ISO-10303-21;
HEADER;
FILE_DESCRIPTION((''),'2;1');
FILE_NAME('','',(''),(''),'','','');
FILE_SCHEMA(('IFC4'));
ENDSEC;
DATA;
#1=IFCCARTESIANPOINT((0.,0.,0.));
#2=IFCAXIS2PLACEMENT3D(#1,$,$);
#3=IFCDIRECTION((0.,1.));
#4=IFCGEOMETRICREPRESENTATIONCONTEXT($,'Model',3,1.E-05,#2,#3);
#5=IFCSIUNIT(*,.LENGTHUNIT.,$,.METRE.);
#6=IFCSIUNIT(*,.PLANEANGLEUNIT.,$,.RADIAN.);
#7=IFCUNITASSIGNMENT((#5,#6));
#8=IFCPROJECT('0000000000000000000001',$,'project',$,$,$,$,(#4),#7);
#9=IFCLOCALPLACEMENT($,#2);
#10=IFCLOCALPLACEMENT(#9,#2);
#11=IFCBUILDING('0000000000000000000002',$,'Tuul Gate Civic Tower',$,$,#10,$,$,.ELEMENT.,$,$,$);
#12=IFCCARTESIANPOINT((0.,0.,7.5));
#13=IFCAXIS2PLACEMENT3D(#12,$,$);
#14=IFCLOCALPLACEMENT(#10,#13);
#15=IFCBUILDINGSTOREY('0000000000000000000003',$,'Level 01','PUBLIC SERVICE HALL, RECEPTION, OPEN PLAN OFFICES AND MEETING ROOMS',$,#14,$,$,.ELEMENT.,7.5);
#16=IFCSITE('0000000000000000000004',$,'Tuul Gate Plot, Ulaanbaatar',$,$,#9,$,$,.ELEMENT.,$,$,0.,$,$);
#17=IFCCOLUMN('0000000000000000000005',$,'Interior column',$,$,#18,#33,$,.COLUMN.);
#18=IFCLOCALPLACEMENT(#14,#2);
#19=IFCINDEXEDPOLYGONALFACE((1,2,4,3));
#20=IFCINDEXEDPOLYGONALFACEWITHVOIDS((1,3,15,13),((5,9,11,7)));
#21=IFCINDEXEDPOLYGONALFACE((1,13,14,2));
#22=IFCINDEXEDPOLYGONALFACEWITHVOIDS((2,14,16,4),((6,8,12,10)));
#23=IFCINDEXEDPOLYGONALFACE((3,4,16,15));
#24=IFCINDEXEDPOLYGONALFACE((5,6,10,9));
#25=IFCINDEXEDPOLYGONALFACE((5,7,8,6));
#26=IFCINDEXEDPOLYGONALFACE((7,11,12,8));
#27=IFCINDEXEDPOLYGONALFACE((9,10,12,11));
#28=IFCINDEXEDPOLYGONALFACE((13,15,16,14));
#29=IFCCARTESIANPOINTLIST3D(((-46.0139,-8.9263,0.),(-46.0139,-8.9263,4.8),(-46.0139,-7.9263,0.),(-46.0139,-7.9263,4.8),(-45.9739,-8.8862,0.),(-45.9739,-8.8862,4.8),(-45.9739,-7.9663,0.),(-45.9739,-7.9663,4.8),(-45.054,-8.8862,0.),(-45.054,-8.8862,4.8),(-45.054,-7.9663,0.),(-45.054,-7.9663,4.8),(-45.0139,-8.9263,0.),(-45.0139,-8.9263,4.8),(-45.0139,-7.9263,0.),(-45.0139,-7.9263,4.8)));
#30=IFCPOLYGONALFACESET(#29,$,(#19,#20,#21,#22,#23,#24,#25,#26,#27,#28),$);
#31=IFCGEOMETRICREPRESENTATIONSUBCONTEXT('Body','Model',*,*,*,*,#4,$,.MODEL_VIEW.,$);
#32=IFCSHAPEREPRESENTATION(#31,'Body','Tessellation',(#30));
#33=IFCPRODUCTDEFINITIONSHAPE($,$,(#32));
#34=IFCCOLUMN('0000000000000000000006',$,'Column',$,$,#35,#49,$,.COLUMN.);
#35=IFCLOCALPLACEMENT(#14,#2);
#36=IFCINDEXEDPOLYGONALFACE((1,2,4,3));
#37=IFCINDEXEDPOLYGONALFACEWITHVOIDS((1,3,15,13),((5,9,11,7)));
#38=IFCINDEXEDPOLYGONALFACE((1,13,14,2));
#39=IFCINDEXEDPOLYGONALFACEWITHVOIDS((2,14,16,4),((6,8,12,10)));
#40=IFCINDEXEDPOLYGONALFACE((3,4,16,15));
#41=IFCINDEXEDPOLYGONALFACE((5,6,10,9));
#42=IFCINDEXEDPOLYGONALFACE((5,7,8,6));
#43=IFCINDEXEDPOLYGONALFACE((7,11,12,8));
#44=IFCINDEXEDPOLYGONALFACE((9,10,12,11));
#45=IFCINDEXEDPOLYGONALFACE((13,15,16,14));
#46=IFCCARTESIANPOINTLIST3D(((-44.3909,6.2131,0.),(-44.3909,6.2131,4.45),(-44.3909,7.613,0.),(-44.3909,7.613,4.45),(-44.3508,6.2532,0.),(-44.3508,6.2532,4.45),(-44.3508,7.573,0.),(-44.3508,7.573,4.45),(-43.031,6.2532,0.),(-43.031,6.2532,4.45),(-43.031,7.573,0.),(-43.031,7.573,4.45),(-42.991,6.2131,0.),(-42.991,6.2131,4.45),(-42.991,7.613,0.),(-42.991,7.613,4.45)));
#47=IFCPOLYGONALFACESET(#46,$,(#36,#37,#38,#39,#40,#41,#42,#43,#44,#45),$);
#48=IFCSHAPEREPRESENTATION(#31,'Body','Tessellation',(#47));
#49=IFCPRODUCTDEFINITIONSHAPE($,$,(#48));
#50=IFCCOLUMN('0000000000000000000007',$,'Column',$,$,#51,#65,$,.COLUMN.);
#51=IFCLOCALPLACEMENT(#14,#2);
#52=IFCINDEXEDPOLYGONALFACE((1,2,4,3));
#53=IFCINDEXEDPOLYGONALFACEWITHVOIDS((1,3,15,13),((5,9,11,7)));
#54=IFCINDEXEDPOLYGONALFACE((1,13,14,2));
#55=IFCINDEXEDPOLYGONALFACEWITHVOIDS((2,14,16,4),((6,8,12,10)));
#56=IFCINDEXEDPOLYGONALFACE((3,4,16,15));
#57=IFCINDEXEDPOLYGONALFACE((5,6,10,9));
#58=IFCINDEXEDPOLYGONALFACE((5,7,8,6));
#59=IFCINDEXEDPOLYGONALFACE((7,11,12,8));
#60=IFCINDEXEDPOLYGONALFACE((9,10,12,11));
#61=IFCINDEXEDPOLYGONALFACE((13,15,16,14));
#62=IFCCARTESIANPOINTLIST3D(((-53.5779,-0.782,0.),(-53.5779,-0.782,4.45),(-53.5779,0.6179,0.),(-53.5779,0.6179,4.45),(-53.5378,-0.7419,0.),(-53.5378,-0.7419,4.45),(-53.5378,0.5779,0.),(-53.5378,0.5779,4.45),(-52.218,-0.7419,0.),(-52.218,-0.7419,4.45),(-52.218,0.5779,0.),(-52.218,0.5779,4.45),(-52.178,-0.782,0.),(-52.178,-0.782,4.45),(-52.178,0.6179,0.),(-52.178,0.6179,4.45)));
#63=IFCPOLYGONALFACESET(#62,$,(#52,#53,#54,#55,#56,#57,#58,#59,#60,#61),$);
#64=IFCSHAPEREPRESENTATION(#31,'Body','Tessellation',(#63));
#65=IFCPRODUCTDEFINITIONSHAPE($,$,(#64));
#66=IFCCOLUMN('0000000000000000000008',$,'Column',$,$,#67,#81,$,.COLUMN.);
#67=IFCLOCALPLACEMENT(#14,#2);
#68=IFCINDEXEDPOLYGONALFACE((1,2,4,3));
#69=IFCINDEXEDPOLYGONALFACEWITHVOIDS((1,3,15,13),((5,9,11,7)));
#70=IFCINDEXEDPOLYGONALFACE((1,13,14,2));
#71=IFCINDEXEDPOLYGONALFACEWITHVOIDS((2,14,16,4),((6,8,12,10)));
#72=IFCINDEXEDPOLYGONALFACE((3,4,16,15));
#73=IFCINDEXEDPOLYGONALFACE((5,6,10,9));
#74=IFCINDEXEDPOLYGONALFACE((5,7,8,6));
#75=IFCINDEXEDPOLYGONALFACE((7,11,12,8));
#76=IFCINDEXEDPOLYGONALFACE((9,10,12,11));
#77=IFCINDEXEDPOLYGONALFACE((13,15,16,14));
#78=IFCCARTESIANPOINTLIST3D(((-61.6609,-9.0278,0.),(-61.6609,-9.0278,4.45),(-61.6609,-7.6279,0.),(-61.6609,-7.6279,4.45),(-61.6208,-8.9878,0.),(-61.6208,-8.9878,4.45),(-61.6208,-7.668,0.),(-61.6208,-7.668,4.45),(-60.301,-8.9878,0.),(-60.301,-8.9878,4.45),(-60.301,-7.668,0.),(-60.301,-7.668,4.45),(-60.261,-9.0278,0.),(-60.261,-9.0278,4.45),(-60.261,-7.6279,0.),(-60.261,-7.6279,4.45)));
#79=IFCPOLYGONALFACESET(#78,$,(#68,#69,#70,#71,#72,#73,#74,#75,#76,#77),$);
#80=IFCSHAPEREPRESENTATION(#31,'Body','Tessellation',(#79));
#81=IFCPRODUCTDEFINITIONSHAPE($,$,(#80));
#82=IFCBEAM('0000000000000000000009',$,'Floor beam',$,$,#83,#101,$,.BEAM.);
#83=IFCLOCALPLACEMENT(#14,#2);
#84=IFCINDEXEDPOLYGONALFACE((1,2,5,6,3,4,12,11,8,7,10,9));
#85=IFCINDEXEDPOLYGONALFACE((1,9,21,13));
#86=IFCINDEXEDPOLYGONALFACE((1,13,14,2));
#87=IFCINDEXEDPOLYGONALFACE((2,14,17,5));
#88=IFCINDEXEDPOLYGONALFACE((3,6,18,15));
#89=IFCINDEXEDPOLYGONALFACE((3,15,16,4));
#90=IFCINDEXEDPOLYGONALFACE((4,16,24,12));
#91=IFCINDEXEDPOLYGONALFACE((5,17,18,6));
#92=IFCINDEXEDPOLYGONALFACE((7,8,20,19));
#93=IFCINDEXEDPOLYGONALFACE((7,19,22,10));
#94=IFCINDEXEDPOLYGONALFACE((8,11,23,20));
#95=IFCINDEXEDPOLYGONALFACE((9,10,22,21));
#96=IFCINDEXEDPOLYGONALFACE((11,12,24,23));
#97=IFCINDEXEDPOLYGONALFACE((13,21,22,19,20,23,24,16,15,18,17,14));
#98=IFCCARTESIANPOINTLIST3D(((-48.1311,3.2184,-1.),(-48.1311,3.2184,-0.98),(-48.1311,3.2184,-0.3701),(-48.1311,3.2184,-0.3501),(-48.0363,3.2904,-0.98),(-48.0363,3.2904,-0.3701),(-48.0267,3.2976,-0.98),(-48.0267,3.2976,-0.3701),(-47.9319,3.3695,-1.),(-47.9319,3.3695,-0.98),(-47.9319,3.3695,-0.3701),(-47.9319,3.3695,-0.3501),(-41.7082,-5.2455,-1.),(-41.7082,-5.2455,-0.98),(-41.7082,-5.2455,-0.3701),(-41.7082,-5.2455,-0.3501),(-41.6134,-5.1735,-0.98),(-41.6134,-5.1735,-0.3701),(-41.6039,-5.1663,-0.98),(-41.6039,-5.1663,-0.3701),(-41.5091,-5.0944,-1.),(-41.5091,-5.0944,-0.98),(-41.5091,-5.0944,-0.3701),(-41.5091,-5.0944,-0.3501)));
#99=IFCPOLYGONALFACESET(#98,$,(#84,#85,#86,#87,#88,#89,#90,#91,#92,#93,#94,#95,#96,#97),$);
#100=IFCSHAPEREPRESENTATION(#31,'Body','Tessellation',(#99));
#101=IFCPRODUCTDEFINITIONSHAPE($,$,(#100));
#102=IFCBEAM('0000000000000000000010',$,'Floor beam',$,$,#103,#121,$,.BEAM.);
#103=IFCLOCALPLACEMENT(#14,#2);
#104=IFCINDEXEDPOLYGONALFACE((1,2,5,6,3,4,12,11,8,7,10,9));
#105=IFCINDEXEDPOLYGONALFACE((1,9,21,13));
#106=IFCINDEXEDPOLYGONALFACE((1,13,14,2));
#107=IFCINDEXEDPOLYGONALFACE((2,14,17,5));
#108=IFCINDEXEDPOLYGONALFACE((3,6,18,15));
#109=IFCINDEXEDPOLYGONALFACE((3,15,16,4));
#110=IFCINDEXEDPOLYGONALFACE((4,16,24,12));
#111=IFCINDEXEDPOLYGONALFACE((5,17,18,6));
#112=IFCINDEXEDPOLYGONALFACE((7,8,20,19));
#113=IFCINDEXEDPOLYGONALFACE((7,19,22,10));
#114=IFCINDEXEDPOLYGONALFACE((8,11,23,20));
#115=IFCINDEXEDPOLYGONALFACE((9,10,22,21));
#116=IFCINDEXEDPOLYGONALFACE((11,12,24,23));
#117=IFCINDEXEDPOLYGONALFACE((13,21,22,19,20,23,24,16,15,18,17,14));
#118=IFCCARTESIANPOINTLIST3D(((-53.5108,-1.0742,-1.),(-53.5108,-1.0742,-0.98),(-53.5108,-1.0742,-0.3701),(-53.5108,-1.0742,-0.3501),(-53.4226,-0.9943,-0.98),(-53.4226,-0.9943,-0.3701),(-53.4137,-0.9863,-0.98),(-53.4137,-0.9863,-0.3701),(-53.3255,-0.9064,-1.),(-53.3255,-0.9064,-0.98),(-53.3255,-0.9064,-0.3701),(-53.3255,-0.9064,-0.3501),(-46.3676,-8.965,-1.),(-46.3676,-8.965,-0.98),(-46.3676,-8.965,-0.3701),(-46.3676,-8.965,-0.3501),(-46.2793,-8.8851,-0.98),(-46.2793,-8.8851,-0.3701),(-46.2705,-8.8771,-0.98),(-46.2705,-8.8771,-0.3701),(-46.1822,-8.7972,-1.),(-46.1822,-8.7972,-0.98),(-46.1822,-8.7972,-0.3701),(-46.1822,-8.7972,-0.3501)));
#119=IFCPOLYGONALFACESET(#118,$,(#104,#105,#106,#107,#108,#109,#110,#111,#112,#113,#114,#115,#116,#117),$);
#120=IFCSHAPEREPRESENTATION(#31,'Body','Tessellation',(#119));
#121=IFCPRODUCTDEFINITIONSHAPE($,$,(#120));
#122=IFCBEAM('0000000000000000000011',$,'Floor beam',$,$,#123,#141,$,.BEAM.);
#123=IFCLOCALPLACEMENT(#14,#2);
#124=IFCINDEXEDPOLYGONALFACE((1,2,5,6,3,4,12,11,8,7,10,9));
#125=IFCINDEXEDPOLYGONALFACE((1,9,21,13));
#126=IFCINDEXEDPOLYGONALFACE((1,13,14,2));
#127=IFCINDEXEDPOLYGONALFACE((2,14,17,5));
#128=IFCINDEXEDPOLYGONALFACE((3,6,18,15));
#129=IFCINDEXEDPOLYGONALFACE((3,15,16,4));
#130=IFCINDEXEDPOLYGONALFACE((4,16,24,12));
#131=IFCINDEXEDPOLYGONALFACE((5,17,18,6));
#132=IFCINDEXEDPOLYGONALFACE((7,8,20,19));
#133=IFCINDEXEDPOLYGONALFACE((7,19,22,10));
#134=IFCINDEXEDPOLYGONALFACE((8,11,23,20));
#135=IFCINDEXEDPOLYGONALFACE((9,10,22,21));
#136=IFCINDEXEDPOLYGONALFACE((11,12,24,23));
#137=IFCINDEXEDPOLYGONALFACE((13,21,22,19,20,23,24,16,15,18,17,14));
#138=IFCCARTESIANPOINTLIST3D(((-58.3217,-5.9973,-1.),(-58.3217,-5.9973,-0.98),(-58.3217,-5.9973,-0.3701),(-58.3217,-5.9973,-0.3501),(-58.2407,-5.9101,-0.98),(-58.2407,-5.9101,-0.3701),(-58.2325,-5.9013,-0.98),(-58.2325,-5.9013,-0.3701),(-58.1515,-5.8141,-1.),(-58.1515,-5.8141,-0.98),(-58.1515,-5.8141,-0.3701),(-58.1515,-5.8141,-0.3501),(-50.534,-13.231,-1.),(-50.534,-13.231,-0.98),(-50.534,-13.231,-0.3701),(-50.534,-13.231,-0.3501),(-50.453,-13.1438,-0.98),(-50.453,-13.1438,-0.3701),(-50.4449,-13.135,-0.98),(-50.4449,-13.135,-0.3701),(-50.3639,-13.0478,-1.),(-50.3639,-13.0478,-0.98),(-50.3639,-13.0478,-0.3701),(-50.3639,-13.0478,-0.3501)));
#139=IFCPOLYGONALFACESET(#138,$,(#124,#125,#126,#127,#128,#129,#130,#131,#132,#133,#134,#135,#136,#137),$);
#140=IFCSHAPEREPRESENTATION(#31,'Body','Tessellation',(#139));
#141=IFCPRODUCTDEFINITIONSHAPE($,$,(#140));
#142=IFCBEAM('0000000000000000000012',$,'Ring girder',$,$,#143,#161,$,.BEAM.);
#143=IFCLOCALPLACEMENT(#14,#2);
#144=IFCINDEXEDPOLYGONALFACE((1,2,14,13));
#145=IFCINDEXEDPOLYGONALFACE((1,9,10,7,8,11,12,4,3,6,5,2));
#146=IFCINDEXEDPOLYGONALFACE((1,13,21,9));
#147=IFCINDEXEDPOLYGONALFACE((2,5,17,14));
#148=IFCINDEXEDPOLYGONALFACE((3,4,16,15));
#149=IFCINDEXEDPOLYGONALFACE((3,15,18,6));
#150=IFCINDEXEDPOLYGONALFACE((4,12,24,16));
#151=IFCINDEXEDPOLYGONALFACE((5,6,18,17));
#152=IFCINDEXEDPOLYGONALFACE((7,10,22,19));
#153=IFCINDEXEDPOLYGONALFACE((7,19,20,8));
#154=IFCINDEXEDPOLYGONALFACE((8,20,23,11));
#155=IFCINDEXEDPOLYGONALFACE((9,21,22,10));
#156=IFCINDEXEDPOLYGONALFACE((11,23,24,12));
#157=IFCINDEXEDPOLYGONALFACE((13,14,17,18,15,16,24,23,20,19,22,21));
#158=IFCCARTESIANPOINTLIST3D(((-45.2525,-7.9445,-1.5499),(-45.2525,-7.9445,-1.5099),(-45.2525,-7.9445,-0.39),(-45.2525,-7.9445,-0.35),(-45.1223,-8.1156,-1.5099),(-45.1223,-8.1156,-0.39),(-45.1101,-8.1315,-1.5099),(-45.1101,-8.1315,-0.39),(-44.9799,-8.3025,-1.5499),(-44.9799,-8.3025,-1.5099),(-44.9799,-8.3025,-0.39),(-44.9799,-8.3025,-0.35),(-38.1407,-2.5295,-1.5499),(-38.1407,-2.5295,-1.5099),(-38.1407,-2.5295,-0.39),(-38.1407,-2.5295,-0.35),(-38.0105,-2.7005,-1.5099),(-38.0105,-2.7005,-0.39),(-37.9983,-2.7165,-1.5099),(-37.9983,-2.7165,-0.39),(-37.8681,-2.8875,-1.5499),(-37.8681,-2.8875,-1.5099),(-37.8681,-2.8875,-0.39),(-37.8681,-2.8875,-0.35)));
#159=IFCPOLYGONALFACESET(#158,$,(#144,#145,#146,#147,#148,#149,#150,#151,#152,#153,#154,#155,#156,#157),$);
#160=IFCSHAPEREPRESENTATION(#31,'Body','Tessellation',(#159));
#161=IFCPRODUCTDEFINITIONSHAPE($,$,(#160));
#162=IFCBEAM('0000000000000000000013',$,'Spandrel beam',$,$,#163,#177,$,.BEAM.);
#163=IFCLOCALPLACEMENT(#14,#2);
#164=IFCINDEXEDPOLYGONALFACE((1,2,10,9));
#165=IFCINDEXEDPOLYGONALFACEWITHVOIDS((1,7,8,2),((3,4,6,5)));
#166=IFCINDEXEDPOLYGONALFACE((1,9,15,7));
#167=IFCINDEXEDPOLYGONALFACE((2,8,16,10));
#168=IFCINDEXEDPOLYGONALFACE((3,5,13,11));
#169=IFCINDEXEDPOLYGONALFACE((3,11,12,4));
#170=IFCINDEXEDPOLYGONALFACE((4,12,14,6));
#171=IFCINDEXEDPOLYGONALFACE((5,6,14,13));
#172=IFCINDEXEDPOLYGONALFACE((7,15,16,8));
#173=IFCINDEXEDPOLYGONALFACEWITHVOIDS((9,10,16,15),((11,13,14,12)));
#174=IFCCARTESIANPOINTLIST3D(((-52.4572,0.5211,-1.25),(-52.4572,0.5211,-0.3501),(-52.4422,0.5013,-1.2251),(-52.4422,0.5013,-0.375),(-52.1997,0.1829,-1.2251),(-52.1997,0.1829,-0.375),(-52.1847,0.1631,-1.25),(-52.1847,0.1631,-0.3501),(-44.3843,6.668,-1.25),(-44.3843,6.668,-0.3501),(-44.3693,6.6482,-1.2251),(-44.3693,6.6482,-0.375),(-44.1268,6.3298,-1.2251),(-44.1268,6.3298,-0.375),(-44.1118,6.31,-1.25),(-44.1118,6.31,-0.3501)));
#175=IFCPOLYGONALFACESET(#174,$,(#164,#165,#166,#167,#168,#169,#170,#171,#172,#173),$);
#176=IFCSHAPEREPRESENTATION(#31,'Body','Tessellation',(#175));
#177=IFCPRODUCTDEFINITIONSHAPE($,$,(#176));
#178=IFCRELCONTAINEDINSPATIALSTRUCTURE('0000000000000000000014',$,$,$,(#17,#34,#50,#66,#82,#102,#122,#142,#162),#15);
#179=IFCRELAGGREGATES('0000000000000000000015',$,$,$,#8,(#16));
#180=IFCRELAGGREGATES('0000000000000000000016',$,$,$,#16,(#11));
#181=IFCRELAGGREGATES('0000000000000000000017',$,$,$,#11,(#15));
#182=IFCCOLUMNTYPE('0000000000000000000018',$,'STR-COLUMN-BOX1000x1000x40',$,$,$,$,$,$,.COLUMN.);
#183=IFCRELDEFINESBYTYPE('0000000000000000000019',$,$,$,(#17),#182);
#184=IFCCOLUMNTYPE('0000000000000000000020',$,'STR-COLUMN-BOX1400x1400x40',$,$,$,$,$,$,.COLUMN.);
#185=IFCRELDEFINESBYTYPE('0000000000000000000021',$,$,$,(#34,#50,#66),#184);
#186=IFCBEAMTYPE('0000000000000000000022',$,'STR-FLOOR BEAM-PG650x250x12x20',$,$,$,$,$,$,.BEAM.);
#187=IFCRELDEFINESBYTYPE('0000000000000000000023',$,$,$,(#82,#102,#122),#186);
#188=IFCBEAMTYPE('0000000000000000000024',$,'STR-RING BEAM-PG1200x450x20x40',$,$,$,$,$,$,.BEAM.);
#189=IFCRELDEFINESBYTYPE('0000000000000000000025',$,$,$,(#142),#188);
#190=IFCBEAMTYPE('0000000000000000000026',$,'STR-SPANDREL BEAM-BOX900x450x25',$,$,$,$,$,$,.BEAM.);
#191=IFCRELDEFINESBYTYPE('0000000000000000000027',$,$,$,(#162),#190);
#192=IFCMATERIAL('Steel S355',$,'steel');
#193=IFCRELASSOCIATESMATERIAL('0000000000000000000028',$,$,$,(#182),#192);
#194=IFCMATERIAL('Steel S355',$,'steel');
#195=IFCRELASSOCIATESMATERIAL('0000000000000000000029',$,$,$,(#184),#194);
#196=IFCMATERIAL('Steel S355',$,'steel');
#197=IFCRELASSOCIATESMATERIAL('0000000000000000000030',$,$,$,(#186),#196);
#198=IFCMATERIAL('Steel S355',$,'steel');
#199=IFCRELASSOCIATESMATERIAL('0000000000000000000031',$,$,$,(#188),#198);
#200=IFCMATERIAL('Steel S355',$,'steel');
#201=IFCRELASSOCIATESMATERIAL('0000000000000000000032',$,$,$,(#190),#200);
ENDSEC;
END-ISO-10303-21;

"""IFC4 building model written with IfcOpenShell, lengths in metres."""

from ifc_helpers import new_model, si_unit, direction, frame, origin, origin_2d, place, context, subcontext, project, spatial, hollow_rectangle, i_section, extrude, material, material_profile, profile_set, type_object, element, save


model = new_model("IFC4")

# Units and contexts
model_context = context("Model", 3, precision=1e-05, world=origin(), true_north=direction((0.0, 1.0)))
body_context = subcontext(model_context, "Body", "Model", "MODEL_VIEW")
ifc_project = project(units=[si_unit("LENGTHUNIT", "METRE"), si_unit("PLANEANGLEUNIT", "RADIAN")], contexts=[model_context])

# Site, building, storey
site_placement = place(None, origin())
site = spatial("IfcSite", under=ifc_project, at=site_placement, Name="Tuul Gate Plot, Ulaanbaatar", CompositionType="ELEMENT", RefElevation=0.0)
building_placement = place(site_placement, origin())
building = spatial("IfcBuilding", under=site, at=building_placement, Name="Tuul Gate Civic Tower", CompositionType="ELEMENT")
storey_placement = place(building_placement, frame((0.0, 0.0, 7.5)))
storey = spatial("IfcBuildingStorey", under=building, at=storey_placement, Name="Level 01", Description="PUBLIC SERVICE HALL, RECEPTION, OPEN PLAN OFFICES AND MEETING ROOMS", CompositionType="ELEMENT", Elevation=7.5)

# Columns
ifc_material_1 = material(Name="Steel S355", Category="steel")
ifc_material_profile_1 = material_profile(ifc_material_1, hollow_rectangle(XDim=1.0, YDim=1.0, WallThickness=0.04, at=origin_2d()), Name="BOX1000x1000x40")
ifc_profile_set_1 = profile_set([ifc_material_profile_1], Name="Steel S355")
column_type_1 = type_object("IfcColumnType", Name="STR-COLUMN-BOX1000x1000x40", PredefinedType="COLUMN", material=ifc_profile_set_1)
column_placement = place(storey_placement, frame((-45.5139, -8.4263, 0.0), z_axis=(0.0, 0.0, 1.0), x_axis=(1.0, 0.0, 0.0)))
element("IfcColumn", 1, at=column_placement, inside=storey, type_object=column_type_1, Name="Interior column", PredefinedType="COLUMN", context=body_context, shape_type="SweptSolid", body=[
    extrude(hollow_rectangle(XDim=1.0, YDim=1.0, WallThickness=0.04, at=origin_2d()), origin(), (0.0, 0.0, 1.0), 4.8),
])
ifc_material_2 = material(Name="Steel S355", Category="steel")
ifc_material_profile_2 = material_profile(ifc_material_2, hollow_rectangle(XDim=1.3999, YDim=1.3999, WallThickness=0.04, at=origin_2d()), Name="BOX1400x1400x40")
ifc_profile_set_2 = profile_set([ifc_material_profile_2], Name="Steel S355")
column_type_2 = type_object("IfcColumnType", Name="STR-COLUMN-BOX1400x1400x40", PredefinedType="COLUMN", material=ifc_profile_set_2)
for number, where, z_axis, x_axis, name in (
    (2, (-43.6909, 6.9131, 0.0), (0.0, 0.0, 1.0), (1.0, 0.0, 0.0), "Column"),
    (3, (-52.8779, -0.082, 0.0), (0.0, 0.0, 1.0), (1.0, 0.0, 0.0), "Column"),
    (4, (-60.9609, -8.3279, 0.0), (0.0, 0.0, 1.0), (1.0, 0.0, 0.0), "Column"),
):
    element("IfcColumn", number, at=place(storey_placement, frame(where, z_axis=z_axis, x_axis=x_axis)), inside=storey, type_object=column_type_2, Name=name, PredefinedType="COLUMN", context=body_context, shape_type="SweptSolid", body=[
        extrude(hollow_rectangle(XDim=1.3999, YDim=1.3999, WallThickness=0.04, at=origin_2d()), origin(), (0.0, 0.0, 1.0), 4.45),
    ])

# Beams
ifc_material_3 = material(Name="Steel S355", Category="steel")
ifc_material_profile_3 = material_profile(ifc_material_3, i_section(OverallWidth=0.25, OverallDepth=0.6499, WebThickness=0.012, FlangeThickness=0.02, at=origin_2d()), Name="PG650x250x12x20")
ifc_profile_set_3 = profile_set([ifc_material_profile_3], Name="Steel S355")
beam_type_1 = type_object("IfcBeamType", Name="STR-FLOOR BEAM-PG650x250x12x20", PredefinedType="BEAM", material=ifc_profile_set_3)
beam_1_placement = place(storey_placement, frame((-41.6086, -5.1699, -0.675), z_axis=(-0.604505, 0.796601, 0.0), x_axis=(-0.796601, -0.604505, 0.0)))
element("IfcBeam", 5, at=beam_1_placement, inside=storey, type_object=beam_type_1, Name="Floor beam", PredefinedType="BEAM", context=body_context, shape_type="SweptSolid", body=[
    extrude(i_section(OverallWidth=0.25, OverallDepth=0.6499, WebThickness=0.012, FlangeThickness=0.02, at=origin_2d()), origin(), (0.0, 0.0, 1.0), 10.625),
])
beam_2_placement = place(storey_placement, frame((-46.2749, -8.8811, -0.675), z_axis=(-0.671118, 0.741351, 0.0), x_axis=(-0.741351, -0.671118, 0.0)))
element("IfcBeam", 6, at=beam_2_placement, inside=storey, type_object=beam_type_1, Name="Floor beam", PredefinedType="BEAM", context=body_context, shape_type="SweptSolid", body=[
    extrude(i_section(OverallWidth=0.25, OverallDepth=0.6499, WebThickness=0.012, FlangeThickness=0.02, at=origin_2d()), origin(), (0.0, 0.0, 1.0), 10.6438),
])
beam_3_placement = place(storey_placement, frame((-50.449, -13.1394, -0.675), z_axis=(-0.732685, 0.680567, 0.0), x_axis=(-0.680567, -0.732685, 0.0)))
element("IfcBeam", 7, at=beam_3_placement, inside=storey, type_object=beam_type_1, Name="Floor beam", PredefinedType="BEAM", context=body_context, shape_type="SweptSolid", body=[
    extrude(i_section(OverallWidth=0.25, OverallDepth=0.6499, WebThickness=0.012, FlangeThickness=0.02, at=origin_2d()), origin(), (0.0, 0.0, 1.0), 10.6289),
])
ifc_material_4 = material(Name="Steel S355", Category="steel")
ifc_material_profile_4 = material_profile(ifc_material_4, i_section(OverallWidth=0.45, OverallDepth=1.2, WebThickness=0.02, FlangeThickness=0.04, at=origin_2d()), Name="PG1200x450x20x40")
ifc_profile_set_4 = profile_set([ifc_material_profile_4], Name="Steel S355")
beam_type_2 = type_object("IfcBeamType", Name="STR-RING BEAM-PG1200x450x20x40", PredefinedType="BEAM", material=ifc_profile_set_4)
beam_4_placement = place(storey_placement, frame((-45.1162, -8.1235, -0.95), z_axis=(0.79562, 0.605796, 0.0), x_axis=(-0.605796, 0.79562, 0.0)))
element("IfcBeam", 8, at=beam_4_placement, inside=storey, type_object=beam_type_2, Name="Ring girder", PredefinedType="BEAM", context=body_context, shape_type="SweptSolid", body=[
    extrude(i_section(OverallWidth=0.45, OverallDepth=1.2, WebThickness=0.02, FlangeThickness=0.04, at=origin_2d()), origin(), (0.0, 0.0, 1.0), 8.9387),
])
ifc_material_5 = material(Name="Steel S355", Category="steel")
ifc_material_profile_5 = material_profile(ifc_material_5, hollow_rectangle(XDim=0.45, YDim=0.8999, WallThickness=0.0249, at=origin_2d()), Name="BOX900x450x25")
ifc_profile_set_5 = profile_set([ifc_material_profile_5], Name="Steel S355")
beam_type_3 = type_object("IfcBeamType", Name="STR-SPANDREL BEAM-BOX900x450x25", PredefinedType="BEAM", material=ifc_profile_set_5)
beam_5_placement = place(storey_placement, frame((-44.248, 6.489, -0.8), z_axis=(-0.795616, -0.605801, 0.0), x_axis=(0.605801, -0.795616, 0.0)))
element("IfcBeam", 9, at=beam_5_placement, inside=storey, type_object=beam_type_3, Name="Spandrel beam", PredefinedType="BEAM", context=body_context, shape_type="SweptSolid", body=[
    extrude(hollow_rectangle(XDim=0.45, YDim=0.8999, WallThickness=0.0249, at=origin_2d()), origin(), (0.0, 0.0, 1.0), 10.1467),
])

save(model, "model.ifc")
